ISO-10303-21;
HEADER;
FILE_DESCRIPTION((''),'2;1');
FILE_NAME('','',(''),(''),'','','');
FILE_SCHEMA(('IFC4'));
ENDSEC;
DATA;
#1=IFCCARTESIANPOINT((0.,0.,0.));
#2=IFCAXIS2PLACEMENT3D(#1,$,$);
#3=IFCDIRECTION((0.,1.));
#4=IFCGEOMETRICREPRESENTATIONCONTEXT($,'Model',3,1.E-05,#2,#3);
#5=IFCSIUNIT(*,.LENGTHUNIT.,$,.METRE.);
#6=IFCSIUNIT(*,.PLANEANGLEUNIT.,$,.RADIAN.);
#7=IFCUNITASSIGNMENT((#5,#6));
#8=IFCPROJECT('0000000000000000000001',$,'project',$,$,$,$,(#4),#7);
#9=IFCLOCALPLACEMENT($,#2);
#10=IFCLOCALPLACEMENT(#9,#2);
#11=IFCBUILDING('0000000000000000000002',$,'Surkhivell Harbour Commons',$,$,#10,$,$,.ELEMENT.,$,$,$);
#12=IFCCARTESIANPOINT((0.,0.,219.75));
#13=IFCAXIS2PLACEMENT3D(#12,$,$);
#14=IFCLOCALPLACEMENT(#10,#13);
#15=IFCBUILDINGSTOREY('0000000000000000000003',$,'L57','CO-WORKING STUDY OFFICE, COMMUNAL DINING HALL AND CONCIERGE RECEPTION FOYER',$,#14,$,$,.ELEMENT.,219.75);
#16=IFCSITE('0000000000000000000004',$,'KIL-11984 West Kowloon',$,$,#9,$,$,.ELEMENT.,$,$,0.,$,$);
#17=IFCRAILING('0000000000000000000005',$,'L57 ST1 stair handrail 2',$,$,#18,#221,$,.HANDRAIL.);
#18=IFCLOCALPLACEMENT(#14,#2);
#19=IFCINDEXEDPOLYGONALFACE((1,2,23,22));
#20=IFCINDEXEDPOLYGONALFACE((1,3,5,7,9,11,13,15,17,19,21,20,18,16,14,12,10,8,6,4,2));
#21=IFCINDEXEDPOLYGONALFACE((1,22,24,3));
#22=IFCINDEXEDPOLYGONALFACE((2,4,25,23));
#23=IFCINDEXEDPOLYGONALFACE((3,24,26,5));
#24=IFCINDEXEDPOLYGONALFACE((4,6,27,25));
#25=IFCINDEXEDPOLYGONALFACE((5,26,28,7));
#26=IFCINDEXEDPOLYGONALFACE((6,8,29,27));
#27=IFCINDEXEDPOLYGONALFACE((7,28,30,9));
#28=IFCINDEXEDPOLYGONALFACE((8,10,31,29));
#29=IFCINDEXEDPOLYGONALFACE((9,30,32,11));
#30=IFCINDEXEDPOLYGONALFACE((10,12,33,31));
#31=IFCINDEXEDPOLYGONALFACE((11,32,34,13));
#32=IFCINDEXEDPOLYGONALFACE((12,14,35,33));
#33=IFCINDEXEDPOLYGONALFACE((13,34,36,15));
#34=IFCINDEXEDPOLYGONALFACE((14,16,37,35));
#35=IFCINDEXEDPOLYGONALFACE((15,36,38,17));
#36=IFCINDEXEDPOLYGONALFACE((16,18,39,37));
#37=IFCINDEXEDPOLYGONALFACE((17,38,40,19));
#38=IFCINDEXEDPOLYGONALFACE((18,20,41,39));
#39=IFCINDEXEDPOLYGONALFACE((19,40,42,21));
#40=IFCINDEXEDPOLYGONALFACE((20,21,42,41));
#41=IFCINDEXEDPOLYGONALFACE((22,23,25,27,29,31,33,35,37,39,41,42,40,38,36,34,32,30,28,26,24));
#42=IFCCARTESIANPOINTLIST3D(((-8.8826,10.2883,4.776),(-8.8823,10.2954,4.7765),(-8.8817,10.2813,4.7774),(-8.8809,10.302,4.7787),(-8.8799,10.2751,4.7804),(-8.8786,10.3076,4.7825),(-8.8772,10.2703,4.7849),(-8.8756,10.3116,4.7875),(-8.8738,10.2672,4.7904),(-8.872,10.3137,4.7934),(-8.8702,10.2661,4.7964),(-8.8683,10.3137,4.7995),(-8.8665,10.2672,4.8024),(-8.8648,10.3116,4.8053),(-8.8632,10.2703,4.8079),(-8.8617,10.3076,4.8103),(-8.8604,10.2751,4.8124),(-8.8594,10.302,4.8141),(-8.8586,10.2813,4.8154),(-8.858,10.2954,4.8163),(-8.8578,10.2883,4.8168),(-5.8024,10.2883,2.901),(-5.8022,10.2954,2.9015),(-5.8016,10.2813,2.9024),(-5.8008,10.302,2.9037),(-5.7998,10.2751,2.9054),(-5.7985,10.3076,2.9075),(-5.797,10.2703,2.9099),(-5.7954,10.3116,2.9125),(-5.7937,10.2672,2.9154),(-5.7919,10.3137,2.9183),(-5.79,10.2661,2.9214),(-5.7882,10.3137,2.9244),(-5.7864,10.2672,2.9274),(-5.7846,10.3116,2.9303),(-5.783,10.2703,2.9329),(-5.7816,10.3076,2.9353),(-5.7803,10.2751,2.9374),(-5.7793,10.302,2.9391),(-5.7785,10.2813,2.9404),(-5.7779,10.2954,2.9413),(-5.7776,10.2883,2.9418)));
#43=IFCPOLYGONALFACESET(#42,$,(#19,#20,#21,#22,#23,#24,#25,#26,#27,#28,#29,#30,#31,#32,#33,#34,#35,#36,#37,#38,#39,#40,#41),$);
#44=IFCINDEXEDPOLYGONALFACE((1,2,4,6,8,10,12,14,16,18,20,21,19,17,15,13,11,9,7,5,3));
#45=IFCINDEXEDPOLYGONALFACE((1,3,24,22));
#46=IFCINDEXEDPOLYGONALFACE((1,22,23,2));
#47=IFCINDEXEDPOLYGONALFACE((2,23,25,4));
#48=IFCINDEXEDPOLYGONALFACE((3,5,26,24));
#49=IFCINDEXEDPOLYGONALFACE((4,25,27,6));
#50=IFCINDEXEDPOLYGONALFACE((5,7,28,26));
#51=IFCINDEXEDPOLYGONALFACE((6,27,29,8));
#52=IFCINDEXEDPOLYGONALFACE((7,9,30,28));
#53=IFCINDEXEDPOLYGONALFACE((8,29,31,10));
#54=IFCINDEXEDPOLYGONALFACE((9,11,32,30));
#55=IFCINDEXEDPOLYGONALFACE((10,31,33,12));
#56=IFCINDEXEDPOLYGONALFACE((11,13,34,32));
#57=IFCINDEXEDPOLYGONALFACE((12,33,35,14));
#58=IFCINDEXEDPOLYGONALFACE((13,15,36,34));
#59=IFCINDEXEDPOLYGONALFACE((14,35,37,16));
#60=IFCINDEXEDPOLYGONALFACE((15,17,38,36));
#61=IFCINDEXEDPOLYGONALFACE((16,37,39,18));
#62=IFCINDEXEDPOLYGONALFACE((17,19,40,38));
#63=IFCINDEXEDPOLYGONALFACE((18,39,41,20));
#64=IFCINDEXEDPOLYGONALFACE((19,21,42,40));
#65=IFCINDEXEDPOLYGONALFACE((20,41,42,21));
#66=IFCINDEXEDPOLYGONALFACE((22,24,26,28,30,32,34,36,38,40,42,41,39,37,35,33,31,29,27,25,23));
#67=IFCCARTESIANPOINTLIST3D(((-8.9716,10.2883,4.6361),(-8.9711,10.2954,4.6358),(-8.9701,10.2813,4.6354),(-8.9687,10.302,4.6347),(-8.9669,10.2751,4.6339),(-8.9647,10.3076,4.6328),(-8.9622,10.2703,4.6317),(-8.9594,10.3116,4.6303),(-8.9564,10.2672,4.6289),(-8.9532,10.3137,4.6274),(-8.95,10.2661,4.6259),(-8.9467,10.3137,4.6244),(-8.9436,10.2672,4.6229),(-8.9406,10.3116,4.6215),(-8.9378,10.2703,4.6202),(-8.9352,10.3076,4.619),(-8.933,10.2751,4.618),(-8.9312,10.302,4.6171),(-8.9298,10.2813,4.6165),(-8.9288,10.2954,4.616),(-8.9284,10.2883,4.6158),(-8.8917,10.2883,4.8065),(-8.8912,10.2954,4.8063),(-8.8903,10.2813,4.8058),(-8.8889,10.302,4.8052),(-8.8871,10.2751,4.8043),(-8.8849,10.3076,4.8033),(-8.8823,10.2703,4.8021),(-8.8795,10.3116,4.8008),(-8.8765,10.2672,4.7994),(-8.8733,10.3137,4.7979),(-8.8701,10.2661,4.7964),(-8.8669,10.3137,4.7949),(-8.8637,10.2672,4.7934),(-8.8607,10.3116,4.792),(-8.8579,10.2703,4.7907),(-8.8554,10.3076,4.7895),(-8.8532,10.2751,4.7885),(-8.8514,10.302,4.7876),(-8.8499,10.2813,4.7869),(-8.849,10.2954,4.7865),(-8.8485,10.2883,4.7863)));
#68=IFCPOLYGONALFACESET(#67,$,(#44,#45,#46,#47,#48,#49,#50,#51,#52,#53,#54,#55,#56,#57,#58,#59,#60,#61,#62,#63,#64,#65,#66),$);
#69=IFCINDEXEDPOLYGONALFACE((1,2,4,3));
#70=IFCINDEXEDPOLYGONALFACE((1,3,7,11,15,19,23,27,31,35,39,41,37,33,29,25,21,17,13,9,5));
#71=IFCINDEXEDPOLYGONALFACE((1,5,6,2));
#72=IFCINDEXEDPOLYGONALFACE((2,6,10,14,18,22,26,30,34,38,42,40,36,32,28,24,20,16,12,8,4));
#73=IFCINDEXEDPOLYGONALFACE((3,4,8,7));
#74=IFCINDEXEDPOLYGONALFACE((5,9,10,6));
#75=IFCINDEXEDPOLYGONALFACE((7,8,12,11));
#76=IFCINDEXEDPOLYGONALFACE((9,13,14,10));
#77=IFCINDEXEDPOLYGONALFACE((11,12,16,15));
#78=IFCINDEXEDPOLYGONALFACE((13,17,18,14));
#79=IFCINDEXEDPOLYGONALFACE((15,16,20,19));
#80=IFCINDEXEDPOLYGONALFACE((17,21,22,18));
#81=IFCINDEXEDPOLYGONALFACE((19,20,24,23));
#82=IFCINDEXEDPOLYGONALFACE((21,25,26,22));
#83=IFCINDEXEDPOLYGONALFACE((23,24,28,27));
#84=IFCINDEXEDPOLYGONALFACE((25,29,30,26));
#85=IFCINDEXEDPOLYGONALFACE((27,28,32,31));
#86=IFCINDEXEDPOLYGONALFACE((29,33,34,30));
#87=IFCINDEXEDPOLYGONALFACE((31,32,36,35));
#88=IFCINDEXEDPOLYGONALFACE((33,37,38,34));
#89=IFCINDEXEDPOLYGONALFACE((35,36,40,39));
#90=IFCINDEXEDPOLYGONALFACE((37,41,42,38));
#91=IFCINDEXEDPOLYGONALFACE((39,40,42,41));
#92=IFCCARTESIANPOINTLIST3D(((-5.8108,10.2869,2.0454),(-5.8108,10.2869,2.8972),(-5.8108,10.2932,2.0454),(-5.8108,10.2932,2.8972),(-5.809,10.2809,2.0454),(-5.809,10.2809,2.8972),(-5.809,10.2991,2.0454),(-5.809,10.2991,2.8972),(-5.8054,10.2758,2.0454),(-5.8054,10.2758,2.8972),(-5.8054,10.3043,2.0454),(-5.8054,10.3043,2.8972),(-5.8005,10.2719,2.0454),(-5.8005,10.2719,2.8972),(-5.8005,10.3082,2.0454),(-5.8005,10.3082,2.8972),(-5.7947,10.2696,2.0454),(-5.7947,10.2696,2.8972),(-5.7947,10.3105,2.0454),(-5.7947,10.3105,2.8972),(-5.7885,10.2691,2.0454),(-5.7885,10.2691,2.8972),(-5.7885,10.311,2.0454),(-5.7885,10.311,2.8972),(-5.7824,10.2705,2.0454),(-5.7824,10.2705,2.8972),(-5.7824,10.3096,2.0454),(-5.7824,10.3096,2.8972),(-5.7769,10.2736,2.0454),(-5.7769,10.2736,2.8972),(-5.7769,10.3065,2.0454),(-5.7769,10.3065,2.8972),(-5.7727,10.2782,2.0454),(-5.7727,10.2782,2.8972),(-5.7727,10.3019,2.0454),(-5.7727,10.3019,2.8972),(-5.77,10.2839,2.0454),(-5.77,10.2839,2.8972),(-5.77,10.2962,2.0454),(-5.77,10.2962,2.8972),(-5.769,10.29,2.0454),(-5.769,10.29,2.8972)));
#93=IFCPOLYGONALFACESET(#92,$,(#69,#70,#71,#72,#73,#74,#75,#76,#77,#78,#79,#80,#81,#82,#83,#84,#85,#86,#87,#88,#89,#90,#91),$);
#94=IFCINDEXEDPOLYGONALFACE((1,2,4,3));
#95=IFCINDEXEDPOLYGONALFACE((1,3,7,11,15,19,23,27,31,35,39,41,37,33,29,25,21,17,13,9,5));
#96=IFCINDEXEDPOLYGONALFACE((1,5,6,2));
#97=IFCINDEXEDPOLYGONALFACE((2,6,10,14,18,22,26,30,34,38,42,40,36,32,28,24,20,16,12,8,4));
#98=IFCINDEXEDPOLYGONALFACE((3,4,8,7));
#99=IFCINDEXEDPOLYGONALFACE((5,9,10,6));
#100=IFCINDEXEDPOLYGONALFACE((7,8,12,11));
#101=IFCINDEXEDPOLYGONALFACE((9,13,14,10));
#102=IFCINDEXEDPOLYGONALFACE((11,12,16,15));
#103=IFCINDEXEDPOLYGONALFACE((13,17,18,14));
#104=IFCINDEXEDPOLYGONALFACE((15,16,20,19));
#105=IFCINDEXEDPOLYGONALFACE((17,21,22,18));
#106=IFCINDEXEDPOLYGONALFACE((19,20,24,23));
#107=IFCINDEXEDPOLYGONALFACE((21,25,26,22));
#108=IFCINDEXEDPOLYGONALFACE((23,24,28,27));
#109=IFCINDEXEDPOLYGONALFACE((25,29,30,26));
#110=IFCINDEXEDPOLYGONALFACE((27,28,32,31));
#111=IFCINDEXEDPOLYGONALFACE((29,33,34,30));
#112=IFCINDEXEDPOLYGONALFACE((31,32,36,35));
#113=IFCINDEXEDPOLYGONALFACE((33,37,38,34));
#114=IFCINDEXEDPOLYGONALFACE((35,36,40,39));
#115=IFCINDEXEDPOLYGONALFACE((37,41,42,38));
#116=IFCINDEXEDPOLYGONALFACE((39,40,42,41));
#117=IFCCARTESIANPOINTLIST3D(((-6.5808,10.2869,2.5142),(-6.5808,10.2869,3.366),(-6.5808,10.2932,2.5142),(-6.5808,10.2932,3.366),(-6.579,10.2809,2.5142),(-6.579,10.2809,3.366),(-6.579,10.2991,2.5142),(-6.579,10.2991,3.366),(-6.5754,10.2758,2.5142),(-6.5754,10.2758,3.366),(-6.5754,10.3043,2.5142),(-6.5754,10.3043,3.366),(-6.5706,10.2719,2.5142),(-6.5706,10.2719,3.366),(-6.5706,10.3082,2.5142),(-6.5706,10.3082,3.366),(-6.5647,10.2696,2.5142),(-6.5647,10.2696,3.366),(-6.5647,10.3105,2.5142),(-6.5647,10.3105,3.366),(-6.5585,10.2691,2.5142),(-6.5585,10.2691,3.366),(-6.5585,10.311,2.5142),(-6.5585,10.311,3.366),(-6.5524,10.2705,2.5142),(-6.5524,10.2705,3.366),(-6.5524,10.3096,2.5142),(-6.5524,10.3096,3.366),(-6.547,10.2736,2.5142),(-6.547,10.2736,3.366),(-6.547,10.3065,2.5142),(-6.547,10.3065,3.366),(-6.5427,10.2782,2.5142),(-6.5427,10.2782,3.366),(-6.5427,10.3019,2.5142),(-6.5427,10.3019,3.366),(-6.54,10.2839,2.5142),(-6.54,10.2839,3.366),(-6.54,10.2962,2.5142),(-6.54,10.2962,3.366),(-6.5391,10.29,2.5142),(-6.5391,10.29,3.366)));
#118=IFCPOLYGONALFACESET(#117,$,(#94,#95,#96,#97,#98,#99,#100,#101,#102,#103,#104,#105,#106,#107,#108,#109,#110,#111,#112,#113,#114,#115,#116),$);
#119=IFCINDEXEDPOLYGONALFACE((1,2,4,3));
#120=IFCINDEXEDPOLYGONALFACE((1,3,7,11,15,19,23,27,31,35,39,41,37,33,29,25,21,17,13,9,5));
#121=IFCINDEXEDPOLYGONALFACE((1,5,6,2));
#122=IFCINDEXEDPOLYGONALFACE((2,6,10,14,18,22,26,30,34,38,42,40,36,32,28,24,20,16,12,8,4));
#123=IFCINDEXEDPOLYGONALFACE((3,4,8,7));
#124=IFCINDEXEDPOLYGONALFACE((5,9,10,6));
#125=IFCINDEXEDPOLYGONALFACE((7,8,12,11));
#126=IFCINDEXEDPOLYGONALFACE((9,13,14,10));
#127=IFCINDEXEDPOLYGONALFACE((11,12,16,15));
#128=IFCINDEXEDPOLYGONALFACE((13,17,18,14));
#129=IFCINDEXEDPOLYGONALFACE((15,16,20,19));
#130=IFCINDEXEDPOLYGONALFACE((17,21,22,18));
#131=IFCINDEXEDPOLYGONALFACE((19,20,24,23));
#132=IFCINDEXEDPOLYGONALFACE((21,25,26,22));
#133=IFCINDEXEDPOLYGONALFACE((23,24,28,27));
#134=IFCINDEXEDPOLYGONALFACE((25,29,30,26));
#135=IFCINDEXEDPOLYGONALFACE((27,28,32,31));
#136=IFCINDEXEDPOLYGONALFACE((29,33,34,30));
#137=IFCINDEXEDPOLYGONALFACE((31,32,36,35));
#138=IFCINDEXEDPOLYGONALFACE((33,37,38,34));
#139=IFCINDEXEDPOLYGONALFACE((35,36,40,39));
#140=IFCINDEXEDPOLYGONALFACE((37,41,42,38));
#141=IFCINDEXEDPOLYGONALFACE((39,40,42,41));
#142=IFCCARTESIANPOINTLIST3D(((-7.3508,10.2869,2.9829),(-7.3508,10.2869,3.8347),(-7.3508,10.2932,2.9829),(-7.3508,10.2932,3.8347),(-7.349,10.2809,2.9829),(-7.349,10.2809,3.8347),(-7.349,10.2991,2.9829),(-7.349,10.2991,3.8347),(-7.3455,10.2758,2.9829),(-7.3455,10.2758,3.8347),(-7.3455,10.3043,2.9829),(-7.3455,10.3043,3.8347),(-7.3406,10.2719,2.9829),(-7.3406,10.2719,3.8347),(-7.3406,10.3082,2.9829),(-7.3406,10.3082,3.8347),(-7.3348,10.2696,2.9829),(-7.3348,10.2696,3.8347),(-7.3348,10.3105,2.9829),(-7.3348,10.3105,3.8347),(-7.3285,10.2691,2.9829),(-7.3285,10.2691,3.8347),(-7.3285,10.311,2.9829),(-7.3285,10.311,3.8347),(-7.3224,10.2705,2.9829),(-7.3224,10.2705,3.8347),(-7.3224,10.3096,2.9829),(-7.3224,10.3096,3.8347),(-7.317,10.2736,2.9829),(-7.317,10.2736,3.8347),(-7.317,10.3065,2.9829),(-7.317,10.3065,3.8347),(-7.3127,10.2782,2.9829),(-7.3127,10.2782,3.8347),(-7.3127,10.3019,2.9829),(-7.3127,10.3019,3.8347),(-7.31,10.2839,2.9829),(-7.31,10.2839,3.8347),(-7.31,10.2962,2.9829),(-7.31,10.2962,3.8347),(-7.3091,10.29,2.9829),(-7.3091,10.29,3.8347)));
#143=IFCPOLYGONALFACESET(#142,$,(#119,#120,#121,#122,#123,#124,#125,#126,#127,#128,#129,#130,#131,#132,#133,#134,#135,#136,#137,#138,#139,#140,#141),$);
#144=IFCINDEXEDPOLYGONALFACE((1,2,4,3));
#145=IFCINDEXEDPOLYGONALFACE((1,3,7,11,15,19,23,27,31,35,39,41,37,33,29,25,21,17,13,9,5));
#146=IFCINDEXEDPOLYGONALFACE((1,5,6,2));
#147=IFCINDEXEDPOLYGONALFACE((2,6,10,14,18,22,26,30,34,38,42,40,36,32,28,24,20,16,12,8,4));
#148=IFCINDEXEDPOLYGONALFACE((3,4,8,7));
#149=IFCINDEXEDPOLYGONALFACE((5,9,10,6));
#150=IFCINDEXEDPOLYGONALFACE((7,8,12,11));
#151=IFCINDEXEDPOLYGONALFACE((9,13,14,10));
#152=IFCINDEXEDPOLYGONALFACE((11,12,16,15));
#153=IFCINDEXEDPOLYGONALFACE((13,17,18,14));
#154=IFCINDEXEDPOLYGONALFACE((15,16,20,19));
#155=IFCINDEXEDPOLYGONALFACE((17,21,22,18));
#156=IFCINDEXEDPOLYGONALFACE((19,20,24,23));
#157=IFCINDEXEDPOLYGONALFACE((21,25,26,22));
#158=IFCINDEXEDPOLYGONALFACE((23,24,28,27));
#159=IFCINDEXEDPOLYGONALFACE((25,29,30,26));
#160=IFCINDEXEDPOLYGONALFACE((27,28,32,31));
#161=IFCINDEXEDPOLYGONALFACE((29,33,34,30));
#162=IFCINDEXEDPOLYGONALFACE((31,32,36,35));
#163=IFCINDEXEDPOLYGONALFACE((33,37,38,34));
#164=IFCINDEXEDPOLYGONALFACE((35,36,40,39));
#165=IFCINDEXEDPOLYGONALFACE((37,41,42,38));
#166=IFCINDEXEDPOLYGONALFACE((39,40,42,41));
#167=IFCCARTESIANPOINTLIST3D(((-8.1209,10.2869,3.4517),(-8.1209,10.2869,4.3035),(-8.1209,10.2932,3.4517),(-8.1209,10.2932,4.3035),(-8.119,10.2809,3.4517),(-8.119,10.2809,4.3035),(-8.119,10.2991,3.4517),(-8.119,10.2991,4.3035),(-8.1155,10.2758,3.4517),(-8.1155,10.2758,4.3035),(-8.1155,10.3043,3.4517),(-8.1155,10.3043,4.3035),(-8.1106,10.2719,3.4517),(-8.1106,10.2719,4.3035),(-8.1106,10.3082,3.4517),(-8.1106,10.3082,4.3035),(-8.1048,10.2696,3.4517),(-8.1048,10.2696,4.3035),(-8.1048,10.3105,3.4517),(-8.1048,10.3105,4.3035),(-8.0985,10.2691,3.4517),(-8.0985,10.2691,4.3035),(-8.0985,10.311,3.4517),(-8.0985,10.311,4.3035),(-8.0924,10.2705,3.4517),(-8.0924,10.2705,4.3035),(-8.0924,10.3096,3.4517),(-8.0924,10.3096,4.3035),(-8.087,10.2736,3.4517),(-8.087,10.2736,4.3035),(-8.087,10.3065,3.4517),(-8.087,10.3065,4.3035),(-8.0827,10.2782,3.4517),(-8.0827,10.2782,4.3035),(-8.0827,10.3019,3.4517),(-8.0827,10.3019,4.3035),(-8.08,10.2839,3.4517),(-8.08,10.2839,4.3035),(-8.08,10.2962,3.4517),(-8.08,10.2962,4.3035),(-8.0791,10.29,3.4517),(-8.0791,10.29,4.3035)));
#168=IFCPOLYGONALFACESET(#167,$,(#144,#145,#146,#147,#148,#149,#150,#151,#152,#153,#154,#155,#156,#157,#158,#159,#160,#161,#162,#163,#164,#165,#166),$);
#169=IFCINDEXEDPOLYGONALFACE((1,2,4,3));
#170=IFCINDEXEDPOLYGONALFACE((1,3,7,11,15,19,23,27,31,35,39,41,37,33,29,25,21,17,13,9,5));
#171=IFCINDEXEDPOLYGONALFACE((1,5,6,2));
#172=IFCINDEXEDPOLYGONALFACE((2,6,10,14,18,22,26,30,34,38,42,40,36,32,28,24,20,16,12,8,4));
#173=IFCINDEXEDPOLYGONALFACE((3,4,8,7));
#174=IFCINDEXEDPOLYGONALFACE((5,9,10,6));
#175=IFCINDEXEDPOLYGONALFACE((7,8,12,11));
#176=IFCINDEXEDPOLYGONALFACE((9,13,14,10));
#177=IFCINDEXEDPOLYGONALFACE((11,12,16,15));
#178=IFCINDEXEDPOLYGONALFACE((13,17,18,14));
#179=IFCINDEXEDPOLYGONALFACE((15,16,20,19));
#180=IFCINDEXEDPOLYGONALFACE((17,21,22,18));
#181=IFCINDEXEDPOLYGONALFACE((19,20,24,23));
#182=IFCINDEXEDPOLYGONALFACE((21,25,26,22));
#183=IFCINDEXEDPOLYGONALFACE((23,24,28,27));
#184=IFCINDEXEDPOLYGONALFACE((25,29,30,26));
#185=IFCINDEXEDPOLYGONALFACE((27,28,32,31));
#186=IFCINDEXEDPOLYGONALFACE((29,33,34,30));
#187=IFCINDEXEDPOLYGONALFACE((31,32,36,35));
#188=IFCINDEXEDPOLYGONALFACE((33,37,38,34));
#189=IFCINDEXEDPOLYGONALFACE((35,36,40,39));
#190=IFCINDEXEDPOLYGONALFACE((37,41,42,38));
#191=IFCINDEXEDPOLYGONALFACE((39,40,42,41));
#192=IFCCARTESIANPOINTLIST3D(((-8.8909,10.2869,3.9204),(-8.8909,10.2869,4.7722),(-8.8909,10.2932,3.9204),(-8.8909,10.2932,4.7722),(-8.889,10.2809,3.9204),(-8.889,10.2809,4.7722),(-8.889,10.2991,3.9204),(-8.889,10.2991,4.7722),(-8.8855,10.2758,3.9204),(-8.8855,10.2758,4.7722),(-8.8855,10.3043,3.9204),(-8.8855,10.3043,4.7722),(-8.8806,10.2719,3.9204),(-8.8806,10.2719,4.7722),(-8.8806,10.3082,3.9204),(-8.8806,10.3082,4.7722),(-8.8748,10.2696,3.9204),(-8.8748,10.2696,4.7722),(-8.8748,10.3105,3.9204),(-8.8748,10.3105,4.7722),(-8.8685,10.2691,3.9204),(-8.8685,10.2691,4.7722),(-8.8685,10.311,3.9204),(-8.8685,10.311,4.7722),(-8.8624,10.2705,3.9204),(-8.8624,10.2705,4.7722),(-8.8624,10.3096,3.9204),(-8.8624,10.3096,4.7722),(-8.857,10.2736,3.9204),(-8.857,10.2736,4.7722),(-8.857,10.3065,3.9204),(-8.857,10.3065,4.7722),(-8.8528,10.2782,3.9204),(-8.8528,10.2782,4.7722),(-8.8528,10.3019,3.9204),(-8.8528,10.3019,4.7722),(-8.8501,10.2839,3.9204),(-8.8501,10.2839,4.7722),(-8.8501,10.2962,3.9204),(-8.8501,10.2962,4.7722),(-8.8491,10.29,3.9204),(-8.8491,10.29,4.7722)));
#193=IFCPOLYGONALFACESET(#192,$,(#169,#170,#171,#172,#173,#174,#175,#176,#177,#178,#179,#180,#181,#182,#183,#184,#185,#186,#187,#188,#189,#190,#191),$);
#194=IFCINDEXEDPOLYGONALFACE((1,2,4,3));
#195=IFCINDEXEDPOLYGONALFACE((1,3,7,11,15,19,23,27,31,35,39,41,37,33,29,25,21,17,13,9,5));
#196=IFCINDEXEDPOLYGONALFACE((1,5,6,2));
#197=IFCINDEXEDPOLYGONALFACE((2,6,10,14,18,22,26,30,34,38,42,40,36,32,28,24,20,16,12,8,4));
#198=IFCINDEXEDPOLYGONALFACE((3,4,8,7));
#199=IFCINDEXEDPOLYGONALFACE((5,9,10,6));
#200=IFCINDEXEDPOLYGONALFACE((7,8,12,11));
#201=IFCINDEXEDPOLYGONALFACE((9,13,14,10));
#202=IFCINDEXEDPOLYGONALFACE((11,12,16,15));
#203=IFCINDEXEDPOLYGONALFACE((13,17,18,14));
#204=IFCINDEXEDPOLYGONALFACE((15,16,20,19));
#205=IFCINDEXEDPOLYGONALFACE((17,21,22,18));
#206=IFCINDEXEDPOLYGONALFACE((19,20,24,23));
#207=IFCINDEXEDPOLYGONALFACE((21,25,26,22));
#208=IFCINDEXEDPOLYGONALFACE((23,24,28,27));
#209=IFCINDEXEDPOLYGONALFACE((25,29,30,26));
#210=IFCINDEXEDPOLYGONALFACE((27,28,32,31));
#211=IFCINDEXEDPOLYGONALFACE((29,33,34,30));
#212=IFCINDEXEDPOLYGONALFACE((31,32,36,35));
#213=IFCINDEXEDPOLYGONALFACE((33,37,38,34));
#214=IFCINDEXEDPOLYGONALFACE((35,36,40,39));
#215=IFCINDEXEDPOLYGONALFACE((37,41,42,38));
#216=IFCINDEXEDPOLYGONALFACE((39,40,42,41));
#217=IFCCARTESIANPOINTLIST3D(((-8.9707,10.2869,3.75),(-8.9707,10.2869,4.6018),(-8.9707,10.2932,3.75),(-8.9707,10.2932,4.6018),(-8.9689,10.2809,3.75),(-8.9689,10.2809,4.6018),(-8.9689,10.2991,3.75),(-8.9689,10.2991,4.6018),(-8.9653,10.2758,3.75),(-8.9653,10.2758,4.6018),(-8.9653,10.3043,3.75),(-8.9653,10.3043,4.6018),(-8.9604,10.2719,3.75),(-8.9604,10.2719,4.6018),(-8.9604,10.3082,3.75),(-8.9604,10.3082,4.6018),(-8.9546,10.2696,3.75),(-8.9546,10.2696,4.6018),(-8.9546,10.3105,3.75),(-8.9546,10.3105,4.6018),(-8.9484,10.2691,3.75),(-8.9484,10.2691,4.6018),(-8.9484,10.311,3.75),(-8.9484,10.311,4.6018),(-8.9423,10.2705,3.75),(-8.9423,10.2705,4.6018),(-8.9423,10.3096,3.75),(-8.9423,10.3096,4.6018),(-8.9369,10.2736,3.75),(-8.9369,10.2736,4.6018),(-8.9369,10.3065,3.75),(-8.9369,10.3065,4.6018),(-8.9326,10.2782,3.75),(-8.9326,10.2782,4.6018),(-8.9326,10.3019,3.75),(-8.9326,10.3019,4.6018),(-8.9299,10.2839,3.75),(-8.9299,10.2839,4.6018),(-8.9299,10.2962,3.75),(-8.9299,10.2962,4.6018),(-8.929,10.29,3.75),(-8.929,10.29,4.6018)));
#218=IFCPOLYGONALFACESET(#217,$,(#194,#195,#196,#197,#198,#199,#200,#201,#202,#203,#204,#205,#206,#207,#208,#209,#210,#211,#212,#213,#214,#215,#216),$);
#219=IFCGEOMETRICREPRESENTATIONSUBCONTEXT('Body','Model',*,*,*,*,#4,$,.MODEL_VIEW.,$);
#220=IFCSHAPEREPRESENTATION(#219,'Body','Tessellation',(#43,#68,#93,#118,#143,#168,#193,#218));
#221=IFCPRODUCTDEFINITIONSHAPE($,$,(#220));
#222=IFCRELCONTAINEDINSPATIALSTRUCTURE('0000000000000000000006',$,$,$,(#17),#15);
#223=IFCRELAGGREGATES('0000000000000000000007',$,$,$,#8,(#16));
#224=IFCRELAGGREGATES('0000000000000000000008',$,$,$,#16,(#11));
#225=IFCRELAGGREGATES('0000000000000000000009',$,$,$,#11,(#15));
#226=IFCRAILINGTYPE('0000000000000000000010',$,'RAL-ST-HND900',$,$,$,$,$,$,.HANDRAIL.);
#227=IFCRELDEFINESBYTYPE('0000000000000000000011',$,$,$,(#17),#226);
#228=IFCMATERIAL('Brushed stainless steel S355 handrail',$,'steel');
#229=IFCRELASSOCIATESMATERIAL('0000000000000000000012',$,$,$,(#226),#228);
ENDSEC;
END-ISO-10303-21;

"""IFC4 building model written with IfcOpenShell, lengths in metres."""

from ifc_helpers import new_model, si_unit, direction, frame, origin, origin_2d, place, context, subcontext, project, spatial, circle, extrude, material, type_object, element, save


model = new_model("IFC4")

# Units and contexts
model_context = context("Model", 3, precision=1e-05, world=origin(), true_north=direction((0.0, 1.0)))
body_context = subcontext(model_context, "Body", "Model", "MODEL_VIEW")
ifc_project = project(units=[si_unit("LENGTHUNIT", "METRE"), si_unit("PLANEANGLEUNIT", "RADIAN")], contexts=[model_context])

# Site, building, storey
site_placement = place(None, origin())
site = spatial("IfcSite", under=ifc_project, at=site_placement, Name="KIL-11984 West Kowloon", CompositionType="ELEMENT", RefElevation=0.0)
building_placement = place(site_placement, origin())
building = spatial("IfcBuilding", under=site, at=building_placement, Name="Surkhivell Harbour Commons", CompositionType="ELEMENT")
storey_placement = place(building_placement, frame((0.0, 0.0, 219.75)))
storey = spatial("IfcBuildingStorey", under=building, at=storey_placement, Name="L57", Description="CO-WORKING STUDY OFFICE, COMMUNAL DINING HALL AND CONCIERGE RECEPTION FOYER", CompositionType="ELEMENT", Elevation=219.75)

# Railing
ifc_material_1 = material(Name="Brushed stainless steel S355 handrail", Category="steel")
railing_type_1 = type_object("IfcRailingType", Name="RAL-ST-HND900", PredefinedType="HANDRAIL", material=ifc_material_1)
railing_1_placement = place(storey_placement, frame((-5.79, 10.29, 2.0454)))
element("IfcRailing", 1, at=railing_1_placement, inside=storey, type_object=railing_type_1, Name="L57 ST1 stair handrail 2", PredefinedType="HANDRAIL", context=body_context, shape_type="SweptSolid", body=[
    extrude(circle(Radius=0.0239, at=origin_2d()), frame((0.0, 0.0, 0.876), z_axis=(-0.854178, 0.0, 0.519981), x_axis=(0.0, -1.0, 0.0)), (0.0, 0.0, 1.0), 3.606),
    extrude(circle(Radius=0.0239, at=origin_2d()), frame((-3.0801, 0.0, 2.751), z_axis=(-0.424234, 0.0, -0.905552), x_axis=(0.0, -1.0, 0.0)), (0.0, 0.0, 1.0), 0.1882),
    extrude(circle(Radius=0.021, at=origin_2d()), origin(), (0.0, 0.0, 1.0), 0.8518),
    extrude(circle(Radius=0.021, at=origin_2d()), frame((-0.77, 0.0, 0.4688)), (0.0, 0.0, 1.0), 0.8518),
    extrude(circle(Radius=0.021, at=origin_2d()), frame((-1.54, 0.0, 0.9375)), (0.0, 0.0, 1.0), 0.8518),
    extrude(circle(Radius=0.021, at=origin_2d()), frame((-2.3101, 0.0, 1.4062)), (0.0, 0.0, 1.0), 0.8518),
    extrude(circle(Radius=0.021, at=origin_2d()), frame((-3.0801, 0.0, 1.875)), (0.0, 0.0, 1.0), 0.8518),
    extrude(circle(Radius=0.021, at=origin_2d()), frame((-3.1599, 0.0, 1.7046)), (0.0, 0.0, 1.0), 0.8518),
])

save(model, "model.ifc")
